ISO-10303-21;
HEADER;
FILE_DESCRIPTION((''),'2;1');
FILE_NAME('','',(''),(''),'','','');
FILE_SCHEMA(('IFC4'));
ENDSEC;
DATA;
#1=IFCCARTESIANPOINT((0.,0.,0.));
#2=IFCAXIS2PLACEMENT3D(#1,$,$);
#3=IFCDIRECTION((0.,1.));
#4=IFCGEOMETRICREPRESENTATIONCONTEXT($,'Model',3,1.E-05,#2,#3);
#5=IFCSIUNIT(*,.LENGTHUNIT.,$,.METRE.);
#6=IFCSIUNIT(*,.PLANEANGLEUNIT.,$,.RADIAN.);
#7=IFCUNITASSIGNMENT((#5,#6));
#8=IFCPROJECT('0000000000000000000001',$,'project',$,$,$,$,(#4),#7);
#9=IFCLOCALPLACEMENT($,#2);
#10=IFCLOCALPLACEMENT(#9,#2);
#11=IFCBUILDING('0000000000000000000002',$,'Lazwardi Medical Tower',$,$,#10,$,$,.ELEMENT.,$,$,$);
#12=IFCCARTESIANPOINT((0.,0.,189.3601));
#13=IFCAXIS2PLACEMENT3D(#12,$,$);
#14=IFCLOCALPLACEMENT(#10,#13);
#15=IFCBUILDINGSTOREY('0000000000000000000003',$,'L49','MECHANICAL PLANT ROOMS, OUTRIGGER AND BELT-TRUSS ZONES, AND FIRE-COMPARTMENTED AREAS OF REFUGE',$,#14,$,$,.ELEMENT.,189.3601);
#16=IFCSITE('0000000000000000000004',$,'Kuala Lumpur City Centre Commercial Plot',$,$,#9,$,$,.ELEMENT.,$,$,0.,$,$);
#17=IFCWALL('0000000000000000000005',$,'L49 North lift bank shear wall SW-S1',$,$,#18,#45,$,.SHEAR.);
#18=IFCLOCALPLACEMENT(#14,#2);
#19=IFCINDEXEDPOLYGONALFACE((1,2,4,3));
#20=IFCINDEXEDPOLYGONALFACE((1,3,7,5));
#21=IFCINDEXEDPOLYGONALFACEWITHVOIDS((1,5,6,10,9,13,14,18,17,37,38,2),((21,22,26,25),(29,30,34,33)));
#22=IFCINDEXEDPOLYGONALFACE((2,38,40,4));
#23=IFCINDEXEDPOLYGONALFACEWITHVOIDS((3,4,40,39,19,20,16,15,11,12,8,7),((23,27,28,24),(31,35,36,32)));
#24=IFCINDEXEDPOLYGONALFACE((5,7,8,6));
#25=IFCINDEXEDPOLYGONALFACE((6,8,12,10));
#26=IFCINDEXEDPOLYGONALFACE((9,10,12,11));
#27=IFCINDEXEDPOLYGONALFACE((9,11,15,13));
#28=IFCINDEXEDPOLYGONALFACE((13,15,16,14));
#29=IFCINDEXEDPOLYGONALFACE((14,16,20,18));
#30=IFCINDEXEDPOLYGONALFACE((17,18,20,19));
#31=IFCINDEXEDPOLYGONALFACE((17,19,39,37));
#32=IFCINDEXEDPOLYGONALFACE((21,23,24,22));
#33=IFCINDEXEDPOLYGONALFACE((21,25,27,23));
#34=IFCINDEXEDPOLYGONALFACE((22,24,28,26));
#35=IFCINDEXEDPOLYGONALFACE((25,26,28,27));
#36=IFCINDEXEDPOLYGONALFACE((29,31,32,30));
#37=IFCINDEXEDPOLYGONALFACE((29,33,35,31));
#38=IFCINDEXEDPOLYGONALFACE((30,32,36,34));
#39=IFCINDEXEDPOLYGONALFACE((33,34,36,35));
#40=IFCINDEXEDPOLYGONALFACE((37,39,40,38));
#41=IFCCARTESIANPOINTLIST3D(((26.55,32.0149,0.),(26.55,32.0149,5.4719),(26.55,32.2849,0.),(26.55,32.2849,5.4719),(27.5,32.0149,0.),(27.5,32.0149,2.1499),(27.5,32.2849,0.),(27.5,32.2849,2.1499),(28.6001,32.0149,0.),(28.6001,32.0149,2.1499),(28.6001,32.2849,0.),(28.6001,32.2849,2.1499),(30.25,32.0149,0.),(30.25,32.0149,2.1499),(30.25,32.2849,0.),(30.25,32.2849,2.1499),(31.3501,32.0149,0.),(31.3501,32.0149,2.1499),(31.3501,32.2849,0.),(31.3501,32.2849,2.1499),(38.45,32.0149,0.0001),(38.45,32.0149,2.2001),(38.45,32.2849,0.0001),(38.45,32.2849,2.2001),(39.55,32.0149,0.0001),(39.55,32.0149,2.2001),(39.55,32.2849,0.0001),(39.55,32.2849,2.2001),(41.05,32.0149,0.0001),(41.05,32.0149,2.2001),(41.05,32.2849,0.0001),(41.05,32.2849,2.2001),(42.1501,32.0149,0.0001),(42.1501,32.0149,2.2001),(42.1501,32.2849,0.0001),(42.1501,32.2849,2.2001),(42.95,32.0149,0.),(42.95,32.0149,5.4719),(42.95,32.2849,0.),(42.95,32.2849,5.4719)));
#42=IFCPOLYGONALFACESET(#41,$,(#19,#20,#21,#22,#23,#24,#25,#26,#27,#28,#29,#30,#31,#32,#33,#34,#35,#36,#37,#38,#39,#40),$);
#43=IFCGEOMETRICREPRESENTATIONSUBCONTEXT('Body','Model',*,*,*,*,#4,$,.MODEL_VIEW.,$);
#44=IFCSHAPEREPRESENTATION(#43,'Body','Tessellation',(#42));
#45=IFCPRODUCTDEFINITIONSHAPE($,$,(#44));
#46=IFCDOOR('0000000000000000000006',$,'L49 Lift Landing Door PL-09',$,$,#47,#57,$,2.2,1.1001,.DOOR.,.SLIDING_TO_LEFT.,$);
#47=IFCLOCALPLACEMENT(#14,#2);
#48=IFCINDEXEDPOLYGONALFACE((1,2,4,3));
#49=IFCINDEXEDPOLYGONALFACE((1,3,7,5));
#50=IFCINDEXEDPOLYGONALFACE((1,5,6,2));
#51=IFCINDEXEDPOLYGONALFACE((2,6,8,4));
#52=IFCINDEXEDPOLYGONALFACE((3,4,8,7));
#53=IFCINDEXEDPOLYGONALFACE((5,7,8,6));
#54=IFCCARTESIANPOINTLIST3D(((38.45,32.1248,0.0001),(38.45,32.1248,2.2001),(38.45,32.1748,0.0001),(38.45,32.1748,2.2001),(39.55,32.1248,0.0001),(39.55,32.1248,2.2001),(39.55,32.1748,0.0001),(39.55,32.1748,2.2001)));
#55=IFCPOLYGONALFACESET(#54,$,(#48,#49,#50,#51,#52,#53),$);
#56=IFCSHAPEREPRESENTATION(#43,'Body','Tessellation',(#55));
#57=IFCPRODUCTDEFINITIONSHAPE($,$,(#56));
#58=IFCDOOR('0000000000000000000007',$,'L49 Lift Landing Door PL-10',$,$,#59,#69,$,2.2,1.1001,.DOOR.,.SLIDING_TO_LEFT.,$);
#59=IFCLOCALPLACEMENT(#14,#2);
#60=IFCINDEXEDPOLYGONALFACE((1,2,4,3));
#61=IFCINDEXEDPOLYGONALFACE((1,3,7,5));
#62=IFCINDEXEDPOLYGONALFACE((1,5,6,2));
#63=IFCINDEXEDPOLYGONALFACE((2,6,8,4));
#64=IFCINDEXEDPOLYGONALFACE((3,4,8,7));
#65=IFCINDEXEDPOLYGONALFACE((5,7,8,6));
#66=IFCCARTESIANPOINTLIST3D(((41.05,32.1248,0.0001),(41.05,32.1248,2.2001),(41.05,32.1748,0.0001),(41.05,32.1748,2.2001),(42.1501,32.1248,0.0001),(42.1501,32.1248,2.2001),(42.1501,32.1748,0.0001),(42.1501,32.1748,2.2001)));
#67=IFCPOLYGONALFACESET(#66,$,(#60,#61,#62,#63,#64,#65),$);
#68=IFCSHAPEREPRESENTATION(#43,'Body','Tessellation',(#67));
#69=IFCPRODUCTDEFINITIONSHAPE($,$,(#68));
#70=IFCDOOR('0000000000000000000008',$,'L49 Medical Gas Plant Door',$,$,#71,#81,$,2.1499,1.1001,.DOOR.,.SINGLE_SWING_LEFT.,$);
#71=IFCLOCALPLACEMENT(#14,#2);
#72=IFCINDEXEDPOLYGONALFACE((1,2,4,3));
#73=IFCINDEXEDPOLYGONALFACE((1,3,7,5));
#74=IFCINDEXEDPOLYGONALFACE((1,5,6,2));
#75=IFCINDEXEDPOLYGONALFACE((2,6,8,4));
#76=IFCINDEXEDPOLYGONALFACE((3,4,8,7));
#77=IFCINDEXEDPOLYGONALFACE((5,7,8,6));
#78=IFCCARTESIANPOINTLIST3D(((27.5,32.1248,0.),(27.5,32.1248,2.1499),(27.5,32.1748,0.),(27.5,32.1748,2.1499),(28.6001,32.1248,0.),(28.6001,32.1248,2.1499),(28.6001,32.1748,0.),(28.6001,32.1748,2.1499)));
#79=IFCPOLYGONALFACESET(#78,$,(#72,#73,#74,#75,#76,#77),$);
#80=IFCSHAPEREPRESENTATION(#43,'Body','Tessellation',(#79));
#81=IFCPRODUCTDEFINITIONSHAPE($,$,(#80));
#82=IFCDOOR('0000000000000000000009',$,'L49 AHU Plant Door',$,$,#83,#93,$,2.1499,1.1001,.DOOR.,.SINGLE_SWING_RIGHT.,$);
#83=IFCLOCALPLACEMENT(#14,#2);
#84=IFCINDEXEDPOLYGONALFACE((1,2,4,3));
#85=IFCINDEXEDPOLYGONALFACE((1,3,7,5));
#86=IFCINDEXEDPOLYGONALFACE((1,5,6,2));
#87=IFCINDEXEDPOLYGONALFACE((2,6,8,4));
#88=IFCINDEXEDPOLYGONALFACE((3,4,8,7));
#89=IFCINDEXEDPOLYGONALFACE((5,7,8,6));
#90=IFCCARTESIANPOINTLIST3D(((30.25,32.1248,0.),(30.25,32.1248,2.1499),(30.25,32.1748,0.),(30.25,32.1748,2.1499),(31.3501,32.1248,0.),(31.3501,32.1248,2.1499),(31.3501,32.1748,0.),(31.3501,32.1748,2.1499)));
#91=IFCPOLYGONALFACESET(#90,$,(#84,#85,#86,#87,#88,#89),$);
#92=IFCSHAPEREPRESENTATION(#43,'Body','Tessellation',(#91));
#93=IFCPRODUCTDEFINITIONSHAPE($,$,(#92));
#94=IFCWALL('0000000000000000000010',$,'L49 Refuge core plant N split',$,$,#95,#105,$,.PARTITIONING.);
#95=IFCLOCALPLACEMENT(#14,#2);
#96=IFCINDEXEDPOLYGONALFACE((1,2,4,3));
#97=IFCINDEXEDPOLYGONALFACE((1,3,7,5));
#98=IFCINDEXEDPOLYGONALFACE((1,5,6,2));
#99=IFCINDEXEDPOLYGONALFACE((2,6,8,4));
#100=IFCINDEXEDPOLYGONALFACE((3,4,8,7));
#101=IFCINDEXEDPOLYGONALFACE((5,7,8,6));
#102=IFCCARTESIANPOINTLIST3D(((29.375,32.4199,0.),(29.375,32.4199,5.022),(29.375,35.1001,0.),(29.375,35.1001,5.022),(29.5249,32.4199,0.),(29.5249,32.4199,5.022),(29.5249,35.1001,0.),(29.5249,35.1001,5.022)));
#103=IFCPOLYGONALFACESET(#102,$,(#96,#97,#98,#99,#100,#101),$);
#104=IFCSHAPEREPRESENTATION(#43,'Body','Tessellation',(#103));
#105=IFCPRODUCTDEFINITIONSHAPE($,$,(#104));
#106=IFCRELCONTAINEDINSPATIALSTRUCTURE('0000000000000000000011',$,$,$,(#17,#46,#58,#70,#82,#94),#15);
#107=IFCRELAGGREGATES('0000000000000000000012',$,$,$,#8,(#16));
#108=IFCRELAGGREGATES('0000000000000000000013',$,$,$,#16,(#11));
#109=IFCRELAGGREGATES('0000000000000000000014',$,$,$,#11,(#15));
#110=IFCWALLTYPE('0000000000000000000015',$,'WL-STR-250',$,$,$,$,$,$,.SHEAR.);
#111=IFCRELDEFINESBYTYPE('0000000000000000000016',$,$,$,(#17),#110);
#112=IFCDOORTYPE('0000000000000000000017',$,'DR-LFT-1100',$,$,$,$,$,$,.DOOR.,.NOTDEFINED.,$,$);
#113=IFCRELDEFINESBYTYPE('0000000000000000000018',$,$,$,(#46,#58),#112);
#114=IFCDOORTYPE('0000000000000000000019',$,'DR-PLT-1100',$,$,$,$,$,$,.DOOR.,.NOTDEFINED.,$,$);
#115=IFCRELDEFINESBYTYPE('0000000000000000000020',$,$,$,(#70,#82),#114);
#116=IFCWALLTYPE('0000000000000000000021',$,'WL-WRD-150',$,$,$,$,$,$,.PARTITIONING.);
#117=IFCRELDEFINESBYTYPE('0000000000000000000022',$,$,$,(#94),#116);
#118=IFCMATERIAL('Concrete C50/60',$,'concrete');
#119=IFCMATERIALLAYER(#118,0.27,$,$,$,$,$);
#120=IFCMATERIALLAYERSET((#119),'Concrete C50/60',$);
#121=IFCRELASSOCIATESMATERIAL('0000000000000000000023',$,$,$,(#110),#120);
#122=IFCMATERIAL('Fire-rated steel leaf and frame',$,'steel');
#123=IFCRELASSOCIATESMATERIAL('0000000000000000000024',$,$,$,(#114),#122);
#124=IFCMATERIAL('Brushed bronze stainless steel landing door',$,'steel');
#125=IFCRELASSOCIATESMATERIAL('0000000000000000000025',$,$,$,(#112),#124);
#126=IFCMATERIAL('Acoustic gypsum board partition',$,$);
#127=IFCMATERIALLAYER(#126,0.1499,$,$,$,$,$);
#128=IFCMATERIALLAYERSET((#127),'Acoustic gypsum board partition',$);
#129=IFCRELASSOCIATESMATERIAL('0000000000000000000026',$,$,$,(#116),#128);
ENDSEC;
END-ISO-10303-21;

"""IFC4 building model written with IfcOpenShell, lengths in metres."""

from ifc_helpers import new_model, si_unit, direction, frame, frame_2d, origin, place, context, subcontext, project, spatial, rectangle, extrude, material, layer, layer_set, type_object, element, fill, save


model = new_model("IFC4")

# Units and contexts
model_context = context("Model", 3, precision=1e-05, world=origin(), true_north=direction((0.0, 1.0)))
body_context = subcontext(model_context, "Body", "Model", "MODEL_VIEW")
ifc_project = project(units=[si_unit("LENGTHUNIT", "METRE"), si_unit("PLANEANGLEUNIT", "RADIAN")], contexts=[model_context])

# Site, building, storey
site_placement = place(None, origin())
site = spatial("IfcSite", under=ifc_project, at=site_placement, Name="Kuala Lumpur City Centre Commercial Plot", CompositionType="ELEMENT", RefElevation=0.0)
building_placement = place(site_placement, origin())
building = spatial("IfcBuilding", under=site, at=building_placement, Name="Lazwardi Medical Tower", CompositionType="ELEMENT")
storey_placement = place(building_placement, frame((0.0, 0.0, 189.3601)))
storey = spatial("IfcBuildingStorey", under=building, at=storey_placement, Name="L49", Description="MECHANICAL PLANT ROOMS, OUTRIGGER AND BELT-TRUSS ZONES, AND FIRE-COMPARTMENTED AREAS OF REFUGE", CompositionType="ELEMENT", Elevation=189.3601)

# Shared definitions
ifc_material_1 = material(Name="Concrete C50/60", Category="concrete")
ifc_layer_1 = layer(ifc_material_1, 0.27)
ifc_layer_set_1 = layer_set([ifc_layer_1], Name="Concrete C50/60")
wall_type_1 = type_object("IfcWallType", Name="WL-STR-250", PredefinedType="SHEAR", material=ifc_layer_set_1)
ifc_material_2 = material(Name="Fire-rated steel leaf and frame", Category="steel")
door_type_1 = type_object("IfcDoorType", Name="DR-PLT-1100", OperationType="NOTDEFINED", PredefinedType="DOOR", material=ifc_material_2)

# Wall, openings, doors
wall_1_placement = place(storey_placement, frame((26.55, 32.1499, 0.0), z_axis=(0.0, 0.0, 1.0), x_axis=(1.0, 0.0, 0.0)))
wall_1 = element("IfcWall", 1, at=wall_1_placement, inside=storey, type_object=wall_type_1, Name="L49 North lift bank shear wall SW-S1", PredefinedType="SHEAR", context=body_context, shape_type="SweptSolid", body=[
    extrude(rectangle(XDim=16.3999, YDim=0.27, at=frame_2d((8.2, 0.0))), origin(), (0.0, 0.0, 1.0), 5.4719),
])
opening_1_placement = place(wall_1_placement, frame((0.95, 0.0, 0.0)))
opening_1 = element("IfcOpeningElement", 2, at=opening_1_placement, cuts=wall_1, PredefinedType="OPENING", context=body_context, shape_type="SweptSolid", body=[
    extrude(rectangle(XDim=1.1001, YDim=2.1499, at=frame_2d((0.55, 1.075))), frame((0.0, 0.145, 0.0), z_axis=(0.0, -1.0, 0.0), x_axis=(1.0, 0.0, 0.0)), (0.0, 0.0, 1.0), 0.29),
])
opening_2_placement = place(wall_1_placement, frame((3.7, 0.0, 0.0)))
opening_2 = element("IfcOpeningElement", 3, at=opening_2_placement, cuts=wall_1, PredefinedType="OPENING", context=body_context, shape_type="SweptSolid", body=[
    extrude(rectangle(XDim=1.1001, YDim=2.1499, at=frame_2d((0.55, 1.075))), frame((0.0, 0.145, 0.0), z_axis=(0.0, -1.0, 0.0), x_axis=(1.0, 0.0, 0.0)), (0.0, 0.0, 1.0), 0.29),
])
opening_3_placement = place(wall_1_placement, frame((11.8999, 0.0, 0.0)))
opening_3 = element("IfcOpeningElement", 4, at=opening_3_placement, cuts=wall_1, PredefinedType="OPENING", context=body_context, shape_type="SweptSolid", body=[
    extrude(rectangle(XDim=1.1001, YDim=2.2, at=frame_2d((0.55, 1.1001))), frame((0.0, 0.145, 0.0), z_axis=(0.0, -1.0, 0.0), x_axis=(1.0, 0.0, 0.0)), (0.0, 0.0, 1.0), 0.29),
])
opening_4_placement = place(wall_1_placement, frame((14.5, 0.0, 0.0)))
opening_4 = element("IfcOpeningElement", 5, at=opening_4_placement, cuts=wall_1, PredefinedType="OPENING", context=body_context, shape_type="SweptSolid", body=[
    extrude(rectangle(XDim=1.1001, YDim=2.2, at=frame_2d((0.55, 1.1001))), frame((0.0, 0.145, 0.0), z_axis=(0.0, -1.0, 0.0), x_axis=(1.0, 0.0, 0.0)), (0.0, 0.0, 1.0), 0.29),
])
ifc_material_3 = material(Name="Brushed bronze stainless steel landing door", Category="steel")
door_type_2 = type_object("IfcDoorType", Name="DR-LFT-1100", OperationType="NOTDEFINED", PredefinedType="DOOR", material=ifc_material_3)
door_1_placement = place(opening_3_placement, origin())
door_1 = element("IfcDoor", 6, at=door_1_placement, inside=storey, type_object=door_type_2, Name="L49 Lift Landing Door PL-09", OperationType="SLIDING_TO_LEFT", OverallHeight=2.2, OverallWidth=1.1001, PredefinedType="DOOR", context=body_context, shape_type="SweptSolid", body=[
    extrude(rectangle(XDim=1.1001, YDim=2.2, at=frame_2d((0.55, 1.1001))), frame((0.0, 0.0249, 0.0), z_axis=(0.0, -1.0, 0.0), x_axis=(1.0, 0.0, 0.0)), (0.0, 0.0, 1.0), 0.05),
])
fill(opening_3, door_1)
door_2_placement = place(opening_4_placement, origin())
door_2 = element("IfcDoor", 7, at=door_2_placement, inside=storey, type_object=door_type_2, Name="L49 Lift Landing Door PL-10", OperationType="SLIDING_TO_LEFT", OverallHeight=2.2, OverallWidth=1.1001, PredefinedType="DOOR", context=body_context, shape_type="SweptSolid", body=[
    extrude(rectangle(XDim=1.1001, YDim=2.2, at=frame_2d((0.55, 1.1001))), frame((0.0, 0.0249, 0.0), z_axis=(0.0, -1.0, 0.0), x_axis=(1.0, 0.0, 0.0)), (0.0, 0.0, 1.0), 0.05),
])
fill(opening_4, door_2)
door_3_placement = place(opening_1_placement, origin())
door_3 = element("IfcDoor", 8, at=door_3_placement, inside=storey, type_object=door_type_1, Name="L49 Medical Gas Plant Door", OperationType="SINGLE_SWING_LEFT", OverallHeight=2.1499, OverallWidth=1.1001, PredefinedType="DOOR", context=body_context, shape_type="SweptSolid", body=[
    extrude(rectangle(XDim=1.1001, YDim=2.1499, at=frame_2d((0.55, 1.075))), frame((0.0, 0.0249, 0.0), z_axis=(0.0, -1.0, 0.0), x_axis=(1.0, 0.0, 0.0)), (0.0, 0.0, 1.0), 0.05),
])
fill(opening_1, door_3)
door_4_placement = place(opening_2_placement, origin())
door_4 = element("IfcDoor", 9, at=door_4_placement, inside=storey, type_object=door_type_1, Name="L49 AHU Plant Door", OperationType="SINGLE_SWING_RIGHT", OverallHeight=2.1499, OverallWidth=1.1001, PredefinedType="DOOR", context=body_context, shape_type="SweptSolid", body=[
    extrude(rectangle(XDim=1.1001, YDim=2.1499, at=frame_2d((0.55, 1.075))), frame((0.0, 0.0249, 0.0), z_axis=(0.0, -1.0, 0.0), x_axis=(1.0, 0.0, 0.0)), (0.0, 0.0, 1.0), 0.05),
])
fill(opening_2, door_4)

# Wall
ifc_material_4 = material(Name="Acoustic gypsum board partition")
ifc_layer_2 = layer(ifc_material_4, 0.1499)
ifc_layer_set_2 = layer_set([ifc_layer_2], Name="Acoustic gypsum board partition")
wall_type_2 = type_object("IfcWallType", Name="WL-WRD-150", PredefinedType="PARTITIONING", material=ifc_layer_set_2)
wall_2_placement = place(storey_placement, frame((29.45, 32.4199, 0.0), z_axis=(0.0, 0.0, 1.0), x_axis=(0.0, 1.0, 0.0)))
element("IfcWall", 10, at=wall_2_placement, inside=storey, type_object=wall_type_2, Name="L49 Refuge core plant N split", PredefinedType="PARTITIONING", context=body_context, shape_type="SweptSolid", body=[
    extrude(rectangle(XDim=2.6802, YDim=0.1499, at=frame_2d((1.3401, 0.0))), origin(), (0.0, 0.0, 1.0), 5.022),
])

save(model, "model.ifc")
